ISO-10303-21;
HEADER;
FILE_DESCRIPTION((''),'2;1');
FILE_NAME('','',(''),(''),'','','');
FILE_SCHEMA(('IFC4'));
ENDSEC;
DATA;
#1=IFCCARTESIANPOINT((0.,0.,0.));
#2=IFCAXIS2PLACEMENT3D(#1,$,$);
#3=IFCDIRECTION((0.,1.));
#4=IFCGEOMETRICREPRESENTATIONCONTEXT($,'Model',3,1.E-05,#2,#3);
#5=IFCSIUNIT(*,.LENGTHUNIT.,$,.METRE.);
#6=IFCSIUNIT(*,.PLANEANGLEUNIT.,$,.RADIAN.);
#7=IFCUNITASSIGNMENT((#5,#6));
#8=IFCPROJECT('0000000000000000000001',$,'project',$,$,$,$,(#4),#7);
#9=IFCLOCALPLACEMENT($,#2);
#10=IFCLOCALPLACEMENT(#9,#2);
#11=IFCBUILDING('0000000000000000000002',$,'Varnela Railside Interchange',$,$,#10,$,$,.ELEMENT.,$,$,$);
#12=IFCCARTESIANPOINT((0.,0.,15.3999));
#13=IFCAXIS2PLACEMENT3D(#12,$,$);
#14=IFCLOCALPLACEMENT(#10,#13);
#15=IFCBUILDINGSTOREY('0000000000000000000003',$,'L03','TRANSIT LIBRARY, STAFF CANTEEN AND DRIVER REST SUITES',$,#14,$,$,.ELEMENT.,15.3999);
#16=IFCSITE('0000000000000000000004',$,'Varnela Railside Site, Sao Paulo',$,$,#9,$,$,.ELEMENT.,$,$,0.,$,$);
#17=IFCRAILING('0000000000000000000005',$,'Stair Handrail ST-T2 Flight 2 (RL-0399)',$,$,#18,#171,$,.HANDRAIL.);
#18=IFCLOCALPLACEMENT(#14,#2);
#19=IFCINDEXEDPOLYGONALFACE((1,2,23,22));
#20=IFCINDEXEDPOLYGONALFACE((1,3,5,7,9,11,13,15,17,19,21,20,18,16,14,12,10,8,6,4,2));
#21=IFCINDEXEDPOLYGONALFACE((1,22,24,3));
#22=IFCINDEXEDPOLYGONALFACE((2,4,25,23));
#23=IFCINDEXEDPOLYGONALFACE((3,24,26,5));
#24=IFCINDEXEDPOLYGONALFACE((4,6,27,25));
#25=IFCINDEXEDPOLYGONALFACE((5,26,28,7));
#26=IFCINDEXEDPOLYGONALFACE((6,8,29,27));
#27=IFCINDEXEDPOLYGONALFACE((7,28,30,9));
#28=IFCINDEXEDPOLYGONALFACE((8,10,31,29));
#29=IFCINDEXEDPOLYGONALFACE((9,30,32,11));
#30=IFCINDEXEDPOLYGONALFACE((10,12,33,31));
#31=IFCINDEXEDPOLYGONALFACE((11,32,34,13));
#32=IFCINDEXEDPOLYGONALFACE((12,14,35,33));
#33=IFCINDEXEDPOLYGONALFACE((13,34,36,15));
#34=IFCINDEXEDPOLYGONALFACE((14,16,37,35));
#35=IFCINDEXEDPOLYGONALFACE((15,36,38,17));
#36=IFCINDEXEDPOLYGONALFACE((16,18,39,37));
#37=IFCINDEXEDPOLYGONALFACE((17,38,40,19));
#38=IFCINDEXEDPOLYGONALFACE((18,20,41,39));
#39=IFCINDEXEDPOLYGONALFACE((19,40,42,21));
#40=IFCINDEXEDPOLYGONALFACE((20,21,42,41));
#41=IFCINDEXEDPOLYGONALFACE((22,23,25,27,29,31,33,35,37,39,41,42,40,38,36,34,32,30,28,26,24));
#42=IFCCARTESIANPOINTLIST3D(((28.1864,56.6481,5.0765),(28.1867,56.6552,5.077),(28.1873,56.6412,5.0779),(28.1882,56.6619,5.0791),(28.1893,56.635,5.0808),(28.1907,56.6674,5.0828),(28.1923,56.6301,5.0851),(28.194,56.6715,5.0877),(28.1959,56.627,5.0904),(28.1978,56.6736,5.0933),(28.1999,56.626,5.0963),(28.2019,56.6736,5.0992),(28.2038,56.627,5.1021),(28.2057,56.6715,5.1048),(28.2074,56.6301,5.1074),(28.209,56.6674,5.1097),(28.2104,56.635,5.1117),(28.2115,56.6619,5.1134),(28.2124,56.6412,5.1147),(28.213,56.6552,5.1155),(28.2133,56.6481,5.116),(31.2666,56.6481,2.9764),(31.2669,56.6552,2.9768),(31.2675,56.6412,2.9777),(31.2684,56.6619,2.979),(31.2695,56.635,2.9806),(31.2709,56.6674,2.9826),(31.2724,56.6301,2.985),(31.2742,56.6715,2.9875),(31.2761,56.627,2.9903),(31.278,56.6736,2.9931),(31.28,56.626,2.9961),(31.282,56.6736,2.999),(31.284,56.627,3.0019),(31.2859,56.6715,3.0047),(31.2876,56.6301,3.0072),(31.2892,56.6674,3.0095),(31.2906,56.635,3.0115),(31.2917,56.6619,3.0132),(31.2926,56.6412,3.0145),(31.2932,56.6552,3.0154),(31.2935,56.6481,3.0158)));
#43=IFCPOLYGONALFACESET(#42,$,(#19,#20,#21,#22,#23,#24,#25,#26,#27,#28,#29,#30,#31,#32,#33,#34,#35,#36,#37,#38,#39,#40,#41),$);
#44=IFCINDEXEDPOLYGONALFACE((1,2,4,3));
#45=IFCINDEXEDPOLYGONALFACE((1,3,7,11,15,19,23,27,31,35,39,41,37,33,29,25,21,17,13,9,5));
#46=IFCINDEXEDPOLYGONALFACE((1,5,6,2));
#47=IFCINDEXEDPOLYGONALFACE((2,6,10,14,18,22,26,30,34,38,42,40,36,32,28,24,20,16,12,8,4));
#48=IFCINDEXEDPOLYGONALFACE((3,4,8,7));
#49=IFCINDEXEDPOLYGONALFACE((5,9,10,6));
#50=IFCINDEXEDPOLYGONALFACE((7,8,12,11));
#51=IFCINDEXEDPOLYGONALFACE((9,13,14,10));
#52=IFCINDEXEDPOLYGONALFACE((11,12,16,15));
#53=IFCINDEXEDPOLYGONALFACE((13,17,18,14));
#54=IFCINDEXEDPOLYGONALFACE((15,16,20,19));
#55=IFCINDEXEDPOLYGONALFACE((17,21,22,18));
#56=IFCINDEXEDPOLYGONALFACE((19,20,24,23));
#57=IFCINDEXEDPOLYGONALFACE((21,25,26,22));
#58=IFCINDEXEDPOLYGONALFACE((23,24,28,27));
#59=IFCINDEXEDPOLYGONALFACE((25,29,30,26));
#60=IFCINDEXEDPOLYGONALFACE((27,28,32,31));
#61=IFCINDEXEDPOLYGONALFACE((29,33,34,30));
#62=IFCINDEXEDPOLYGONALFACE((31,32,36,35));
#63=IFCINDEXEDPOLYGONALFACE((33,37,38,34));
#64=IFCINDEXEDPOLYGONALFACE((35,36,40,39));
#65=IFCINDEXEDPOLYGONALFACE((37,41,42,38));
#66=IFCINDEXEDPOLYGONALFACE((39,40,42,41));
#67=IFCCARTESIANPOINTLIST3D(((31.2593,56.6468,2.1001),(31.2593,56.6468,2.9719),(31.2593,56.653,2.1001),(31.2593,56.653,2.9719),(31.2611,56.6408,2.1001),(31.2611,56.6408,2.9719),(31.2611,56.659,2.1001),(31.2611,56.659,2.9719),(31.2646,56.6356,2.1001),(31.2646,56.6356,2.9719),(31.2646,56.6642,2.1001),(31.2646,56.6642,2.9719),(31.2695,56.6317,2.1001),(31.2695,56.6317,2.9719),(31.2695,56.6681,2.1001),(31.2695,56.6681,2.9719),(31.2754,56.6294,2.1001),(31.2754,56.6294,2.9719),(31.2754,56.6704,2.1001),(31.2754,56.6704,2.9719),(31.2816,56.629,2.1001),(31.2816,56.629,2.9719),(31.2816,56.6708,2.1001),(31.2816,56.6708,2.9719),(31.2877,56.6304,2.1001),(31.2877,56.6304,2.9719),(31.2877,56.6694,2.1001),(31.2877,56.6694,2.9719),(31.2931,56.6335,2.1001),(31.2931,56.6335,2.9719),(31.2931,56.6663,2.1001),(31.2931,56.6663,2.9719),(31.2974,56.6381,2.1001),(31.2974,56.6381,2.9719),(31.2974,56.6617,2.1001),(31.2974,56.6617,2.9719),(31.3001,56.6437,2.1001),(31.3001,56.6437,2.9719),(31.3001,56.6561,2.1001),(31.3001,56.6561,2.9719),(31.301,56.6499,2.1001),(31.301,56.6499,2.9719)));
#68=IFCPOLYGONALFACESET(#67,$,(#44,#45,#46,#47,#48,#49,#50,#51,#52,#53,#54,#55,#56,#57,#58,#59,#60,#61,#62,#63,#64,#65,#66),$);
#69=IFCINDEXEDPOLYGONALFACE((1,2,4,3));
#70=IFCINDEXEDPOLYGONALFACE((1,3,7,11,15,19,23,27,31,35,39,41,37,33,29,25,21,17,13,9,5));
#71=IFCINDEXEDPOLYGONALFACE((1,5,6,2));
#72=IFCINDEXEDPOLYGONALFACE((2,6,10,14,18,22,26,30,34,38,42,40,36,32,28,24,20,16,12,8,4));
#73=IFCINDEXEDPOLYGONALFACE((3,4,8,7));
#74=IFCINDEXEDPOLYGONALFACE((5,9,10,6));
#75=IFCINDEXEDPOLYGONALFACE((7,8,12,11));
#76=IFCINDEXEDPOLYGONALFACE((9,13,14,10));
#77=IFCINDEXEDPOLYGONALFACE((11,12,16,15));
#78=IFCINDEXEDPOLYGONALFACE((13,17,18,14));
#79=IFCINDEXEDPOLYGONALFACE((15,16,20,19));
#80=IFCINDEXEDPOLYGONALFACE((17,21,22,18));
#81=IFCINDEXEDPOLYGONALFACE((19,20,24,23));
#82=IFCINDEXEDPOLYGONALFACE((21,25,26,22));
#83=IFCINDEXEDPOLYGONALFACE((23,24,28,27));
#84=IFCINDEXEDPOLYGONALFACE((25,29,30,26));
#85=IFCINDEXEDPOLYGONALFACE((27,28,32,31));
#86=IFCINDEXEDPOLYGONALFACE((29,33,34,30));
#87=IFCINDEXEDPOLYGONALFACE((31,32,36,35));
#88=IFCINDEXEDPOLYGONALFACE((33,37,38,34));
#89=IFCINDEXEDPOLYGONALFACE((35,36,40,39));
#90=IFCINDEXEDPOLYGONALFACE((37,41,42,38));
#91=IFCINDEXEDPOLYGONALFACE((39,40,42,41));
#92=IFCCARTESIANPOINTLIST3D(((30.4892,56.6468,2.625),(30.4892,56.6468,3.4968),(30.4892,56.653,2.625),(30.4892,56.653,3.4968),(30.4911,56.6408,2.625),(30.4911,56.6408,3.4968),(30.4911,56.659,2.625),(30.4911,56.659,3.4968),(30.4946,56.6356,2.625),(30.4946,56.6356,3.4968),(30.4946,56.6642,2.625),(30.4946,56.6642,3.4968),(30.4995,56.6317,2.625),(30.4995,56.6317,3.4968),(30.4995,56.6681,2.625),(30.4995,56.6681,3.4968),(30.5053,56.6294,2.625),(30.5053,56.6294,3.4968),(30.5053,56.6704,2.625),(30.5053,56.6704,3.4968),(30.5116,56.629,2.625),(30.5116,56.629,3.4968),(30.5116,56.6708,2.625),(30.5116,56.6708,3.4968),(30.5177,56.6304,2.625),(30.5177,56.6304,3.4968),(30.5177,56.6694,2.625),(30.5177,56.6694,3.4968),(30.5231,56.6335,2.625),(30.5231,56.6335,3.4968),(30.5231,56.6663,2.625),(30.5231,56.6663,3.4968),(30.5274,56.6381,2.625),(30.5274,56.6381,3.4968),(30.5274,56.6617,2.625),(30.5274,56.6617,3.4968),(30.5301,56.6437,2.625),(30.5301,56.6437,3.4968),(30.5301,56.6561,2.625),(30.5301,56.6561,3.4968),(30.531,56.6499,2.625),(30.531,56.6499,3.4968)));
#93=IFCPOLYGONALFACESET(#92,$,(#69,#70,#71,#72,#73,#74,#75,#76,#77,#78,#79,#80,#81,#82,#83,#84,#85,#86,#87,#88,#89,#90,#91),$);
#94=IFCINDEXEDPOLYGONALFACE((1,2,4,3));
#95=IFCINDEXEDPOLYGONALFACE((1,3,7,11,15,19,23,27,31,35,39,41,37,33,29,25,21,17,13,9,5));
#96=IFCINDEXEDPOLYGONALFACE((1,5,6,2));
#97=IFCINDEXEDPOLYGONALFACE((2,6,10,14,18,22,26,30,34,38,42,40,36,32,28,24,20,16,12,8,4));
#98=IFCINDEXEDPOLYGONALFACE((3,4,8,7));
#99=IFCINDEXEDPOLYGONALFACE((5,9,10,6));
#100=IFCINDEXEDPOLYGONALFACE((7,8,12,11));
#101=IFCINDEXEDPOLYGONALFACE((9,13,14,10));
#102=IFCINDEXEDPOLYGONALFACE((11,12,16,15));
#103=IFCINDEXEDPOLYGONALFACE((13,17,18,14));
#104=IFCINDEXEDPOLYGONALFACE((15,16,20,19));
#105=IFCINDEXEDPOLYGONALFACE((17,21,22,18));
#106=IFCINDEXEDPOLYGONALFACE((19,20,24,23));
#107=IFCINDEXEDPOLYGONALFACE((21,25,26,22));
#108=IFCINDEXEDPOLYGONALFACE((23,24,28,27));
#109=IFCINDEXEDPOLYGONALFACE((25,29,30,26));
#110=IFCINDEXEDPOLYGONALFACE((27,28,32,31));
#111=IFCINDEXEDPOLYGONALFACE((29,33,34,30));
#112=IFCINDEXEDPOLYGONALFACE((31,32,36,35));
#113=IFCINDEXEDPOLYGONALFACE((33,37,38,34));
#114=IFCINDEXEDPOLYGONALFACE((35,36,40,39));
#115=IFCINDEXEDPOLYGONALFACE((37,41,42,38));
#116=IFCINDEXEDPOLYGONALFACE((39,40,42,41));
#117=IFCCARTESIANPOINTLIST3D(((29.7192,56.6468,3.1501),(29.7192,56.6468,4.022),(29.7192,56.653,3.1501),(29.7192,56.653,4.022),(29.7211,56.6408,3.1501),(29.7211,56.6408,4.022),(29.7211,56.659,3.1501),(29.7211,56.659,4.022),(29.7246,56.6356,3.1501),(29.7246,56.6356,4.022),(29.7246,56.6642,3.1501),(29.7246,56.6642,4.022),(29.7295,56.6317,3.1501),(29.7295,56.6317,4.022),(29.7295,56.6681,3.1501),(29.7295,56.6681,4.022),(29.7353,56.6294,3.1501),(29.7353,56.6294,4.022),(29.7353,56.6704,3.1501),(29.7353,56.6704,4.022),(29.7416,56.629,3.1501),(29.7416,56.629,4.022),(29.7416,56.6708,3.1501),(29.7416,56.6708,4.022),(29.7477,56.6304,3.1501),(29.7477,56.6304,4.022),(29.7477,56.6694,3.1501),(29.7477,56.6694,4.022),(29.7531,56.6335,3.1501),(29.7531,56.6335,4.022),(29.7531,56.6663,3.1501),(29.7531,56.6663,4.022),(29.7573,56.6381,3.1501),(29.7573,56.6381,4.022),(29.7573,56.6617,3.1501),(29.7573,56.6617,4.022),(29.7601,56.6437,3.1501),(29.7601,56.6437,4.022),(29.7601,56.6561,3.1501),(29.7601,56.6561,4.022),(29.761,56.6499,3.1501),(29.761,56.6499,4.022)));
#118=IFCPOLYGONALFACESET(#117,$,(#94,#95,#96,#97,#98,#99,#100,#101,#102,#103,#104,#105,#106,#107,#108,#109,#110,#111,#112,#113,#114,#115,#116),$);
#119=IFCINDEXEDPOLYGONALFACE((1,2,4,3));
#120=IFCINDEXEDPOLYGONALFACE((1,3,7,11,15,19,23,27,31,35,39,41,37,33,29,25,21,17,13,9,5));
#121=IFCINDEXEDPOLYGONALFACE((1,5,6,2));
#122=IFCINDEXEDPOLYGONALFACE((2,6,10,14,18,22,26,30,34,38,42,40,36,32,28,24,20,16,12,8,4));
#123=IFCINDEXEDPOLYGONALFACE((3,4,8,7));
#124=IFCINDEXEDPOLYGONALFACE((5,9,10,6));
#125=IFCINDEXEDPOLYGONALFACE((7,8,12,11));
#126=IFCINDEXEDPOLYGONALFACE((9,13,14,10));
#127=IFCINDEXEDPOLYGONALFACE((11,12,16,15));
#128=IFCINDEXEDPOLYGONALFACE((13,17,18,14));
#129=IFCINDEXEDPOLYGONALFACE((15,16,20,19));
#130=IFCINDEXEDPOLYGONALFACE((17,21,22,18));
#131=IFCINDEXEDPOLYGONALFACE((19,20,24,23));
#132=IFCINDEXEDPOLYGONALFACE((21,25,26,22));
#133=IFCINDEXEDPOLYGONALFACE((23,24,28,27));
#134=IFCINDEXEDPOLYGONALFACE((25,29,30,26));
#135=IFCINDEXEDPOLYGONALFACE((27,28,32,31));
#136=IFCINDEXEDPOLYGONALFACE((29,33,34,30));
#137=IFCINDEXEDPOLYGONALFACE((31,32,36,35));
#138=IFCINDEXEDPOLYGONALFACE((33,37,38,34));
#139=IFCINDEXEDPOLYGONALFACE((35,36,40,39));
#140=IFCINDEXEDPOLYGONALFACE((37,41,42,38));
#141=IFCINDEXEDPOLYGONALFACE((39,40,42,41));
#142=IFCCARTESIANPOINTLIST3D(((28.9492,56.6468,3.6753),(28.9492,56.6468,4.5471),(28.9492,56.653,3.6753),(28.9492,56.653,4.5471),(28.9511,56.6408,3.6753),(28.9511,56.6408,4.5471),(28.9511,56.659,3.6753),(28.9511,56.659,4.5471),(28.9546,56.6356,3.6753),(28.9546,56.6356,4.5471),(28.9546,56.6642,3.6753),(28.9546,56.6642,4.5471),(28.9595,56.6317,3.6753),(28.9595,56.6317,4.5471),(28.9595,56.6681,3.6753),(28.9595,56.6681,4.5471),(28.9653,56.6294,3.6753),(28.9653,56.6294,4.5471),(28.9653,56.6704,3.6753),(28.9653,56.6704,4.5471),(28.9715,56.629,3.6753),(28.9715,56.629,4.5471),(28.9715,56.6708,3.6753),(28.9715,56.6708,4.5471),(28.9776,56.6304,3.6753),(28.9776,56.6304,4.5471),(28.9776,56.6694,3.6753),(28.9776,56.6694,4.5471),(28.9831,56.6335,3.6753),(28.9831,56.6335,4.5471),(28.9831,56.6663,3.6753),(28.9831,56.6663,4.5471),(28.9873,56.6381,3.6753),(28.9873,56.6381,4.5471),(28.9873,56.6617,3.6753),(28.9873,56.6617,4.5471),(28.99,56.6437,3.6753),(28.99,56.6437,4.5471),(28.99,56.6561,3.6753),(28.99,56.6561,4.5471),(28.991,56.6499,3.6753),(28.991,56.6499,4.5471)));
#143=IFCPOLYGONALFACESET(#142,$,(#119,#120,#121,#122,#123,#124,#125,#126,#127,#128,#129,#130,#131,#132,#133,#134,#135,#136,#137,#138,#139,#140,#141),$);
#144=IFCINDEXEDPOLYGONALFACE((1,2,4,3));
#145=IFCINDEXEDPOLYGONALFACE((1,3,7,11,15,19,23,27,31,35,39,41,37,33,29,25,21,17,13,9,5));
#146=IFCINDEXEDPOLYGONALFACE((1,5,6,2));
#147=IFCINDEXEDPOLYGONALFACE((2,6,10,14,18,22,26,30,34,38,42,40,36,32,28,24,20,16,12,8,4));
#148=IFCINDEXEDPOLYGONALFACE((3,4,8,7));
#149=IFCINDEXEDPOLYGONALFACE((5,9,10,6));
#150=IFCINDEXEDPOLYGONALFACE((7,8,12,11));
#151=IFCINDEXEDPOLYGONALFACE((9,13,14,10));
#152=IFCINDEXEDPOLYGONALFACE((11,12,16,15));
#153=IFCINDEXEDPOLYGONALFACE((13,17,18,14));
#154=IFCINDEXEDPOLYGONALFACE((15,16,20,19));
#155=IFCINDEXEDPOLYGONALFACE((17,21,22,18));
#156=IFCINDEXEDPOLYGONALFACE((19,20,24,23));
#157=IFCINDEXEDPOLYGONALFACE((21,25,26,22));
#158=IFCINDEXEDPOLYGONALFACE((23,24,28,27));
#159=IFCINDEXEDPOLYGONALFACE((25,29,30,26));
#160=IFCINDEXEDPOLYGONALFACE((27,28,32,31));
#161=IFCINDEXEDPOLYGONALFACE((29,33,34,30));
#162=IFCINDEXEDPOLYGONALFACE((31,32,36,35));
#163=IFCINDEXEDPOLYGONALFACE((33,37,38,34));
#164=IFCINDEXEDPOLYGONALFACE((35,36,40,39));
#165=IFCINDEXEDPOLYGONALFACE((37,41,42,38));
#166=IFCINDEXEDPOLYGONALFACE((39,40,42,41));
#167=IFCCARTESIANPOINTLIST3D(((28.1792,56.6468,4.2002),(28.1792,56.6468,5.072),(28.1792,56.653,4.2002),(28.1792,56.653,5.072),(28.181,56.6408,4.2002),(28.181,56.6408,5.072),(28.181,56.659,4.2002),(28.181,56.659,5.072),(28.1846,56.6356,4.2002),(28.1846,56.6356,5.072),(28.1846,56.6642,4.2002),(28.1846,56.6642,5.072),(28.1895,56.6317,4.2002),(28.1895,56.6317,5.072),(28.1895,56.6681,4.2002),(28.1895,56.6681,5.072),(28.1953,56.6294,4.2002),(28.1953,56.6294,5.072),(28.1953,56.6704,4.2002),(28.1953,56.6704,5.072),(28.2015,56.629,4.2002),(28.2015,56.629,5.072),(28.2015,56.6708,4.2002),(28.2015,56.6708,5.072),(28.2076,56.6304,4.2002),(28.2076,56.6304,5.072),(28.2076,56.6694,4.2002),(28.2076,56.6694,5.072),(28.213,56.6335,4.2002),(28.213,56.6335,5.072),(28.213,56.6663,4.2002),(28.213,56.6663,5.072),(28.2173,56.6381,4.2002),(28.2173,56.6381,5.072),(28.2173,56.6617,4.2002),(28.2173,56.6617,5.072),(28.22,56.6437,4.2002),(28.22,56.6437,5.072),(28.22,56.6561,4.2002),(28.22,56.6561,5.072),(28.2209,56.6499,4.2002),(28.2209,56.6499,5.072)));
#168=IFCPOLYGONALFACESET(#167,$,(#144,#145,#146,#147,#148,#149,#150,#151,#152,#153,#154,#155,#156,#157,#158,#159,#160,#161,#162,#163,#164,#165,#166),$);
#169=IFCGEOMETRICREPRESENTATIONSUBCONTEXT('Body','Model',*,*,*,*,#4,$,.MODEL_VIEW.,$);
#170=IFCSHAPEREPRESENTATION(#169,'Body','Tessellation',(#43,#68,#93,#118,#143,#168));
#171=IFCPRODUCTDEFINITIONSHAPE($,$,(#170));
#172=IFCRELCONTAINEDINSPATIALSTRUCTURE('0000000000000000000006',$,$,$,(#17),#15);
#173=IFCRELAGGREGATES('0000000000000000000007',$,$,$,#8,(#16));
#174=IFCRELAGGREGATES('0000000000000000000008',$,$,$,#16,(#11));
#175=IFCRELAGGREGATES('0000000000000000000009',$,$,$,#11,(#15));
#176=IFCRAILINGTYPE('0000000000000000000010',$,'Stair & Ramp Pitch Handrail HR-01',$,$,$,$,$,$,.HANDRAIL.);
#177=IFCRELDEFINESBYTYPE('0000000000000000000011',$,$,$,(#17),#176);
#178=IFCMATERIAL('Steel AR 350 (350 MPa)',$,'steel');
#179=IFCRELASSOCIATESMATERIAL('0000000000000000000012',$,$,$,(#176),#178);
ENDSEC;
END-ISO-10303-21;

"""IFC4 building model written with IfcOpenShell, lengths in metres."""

from ifc_helpers import new_model, si_unit, direction, frame, origin, origin_2d, place, context, subcontext, project, spatial, circle, extrude, material, type_object, element, save


model = new_model("IFC4")

# Units and contexts
model_context = context("Model", 3, precision=1e-05, world=origin(), true_north=direction((0.0, 1.0)))
body_context = subcontext(model_context, "Body", "Model", "MODEL_VIEW")
ifc_project = project(units=[si_unit("LENGTHUNIT", "METRE"), si_unit("PLANEANGLEUNIT", "RADIAN")], contexts=[model_context])

# Site, building, storey
site_placement = place(None, origin())
site = spatial("IfcSite", under=ifc_project, at=site_placement, Name="Varnela Railside Site, Sao Paulo", CompositionType="ELEMENT", RefElevation=0.0)
building_placement = place(site_placement, origin())
building = spatial("IfcBuilding", under=site, at=building_placement, Name="Varnela Railside Interchange", CompositionType="ELEMENT")
storey_placement = place(building_placement, frame((0.0, 0.0, 15.3999)))
storey = spatial("IfcBuildingStorey", under=building, at=storey_placement, Name="L03", Description="TRANSIT LIBRARY, STAFF CANTEEN AND DRIVER REST SUITES", CompositionType="ELEMENT", Elevation=15.3999)

# Shared definitions
ifc_material_1 = material(Name="Steel AR 350 (350 MPa)", Category="steel")

# Railing
railing_type_1 = type_object("IfcRailingType", Name="Stair & Ramp Pitch Handrail HR-01", PredefinedType="HANDRAIL", material=ifc_material_1)
railing_1_placement = place(storey_placement, frame((31.28, 56.6499, 2.1001)))
element("IfcRailing", 1, at=railing_1_placement, inside=storey, type_object=railing_type_1, Name="Stair Handrail ST-T2 Flight 2 (RL-0399)", PredefinedType="HANDRAIL", context=body_context, shape_type="SweptSolid", body=[
    extrude(circle(Radius=0.0239, at=origin_2d()), frame((0.0, 0.0, 0.896), z_axis=(-0.826222, 0.0, 0.563345), x_axis=(0.0, -1.0, 0.0)), (0.0, 0.0, 1.0), 3.728),
    extrude(circle(Radius=0.021, at=origin_2d()), origin(), (0.0, 0.0, 1.0), 0.8718),
    extrude(circle(Radius=0.021, at=origin_2d()), frame((-0.77, 0.0, 0.5249)), (0.0, 0.0, 1.0), 0.8718),
    extrude(circle(Radius=0.021, at=origin_2d()), frame((-1.54, 0.0, 1.05)), (0.0, 0.0, 1.0), 0.8718),
    extrude(circle(Radius=0.021, at=origin_2d()), frame((-2.3101, 0.0, 1.5752)), (0.0, 0.0, 1.0), 0.8718),
    extrude(circle(Radius=0.021, at=origin_2d()), frame((-3.0801, 0.0, 2.1001)), (0.0, 0.0, 1.0), 0.8718),
])

save(model, "model.ifc")
